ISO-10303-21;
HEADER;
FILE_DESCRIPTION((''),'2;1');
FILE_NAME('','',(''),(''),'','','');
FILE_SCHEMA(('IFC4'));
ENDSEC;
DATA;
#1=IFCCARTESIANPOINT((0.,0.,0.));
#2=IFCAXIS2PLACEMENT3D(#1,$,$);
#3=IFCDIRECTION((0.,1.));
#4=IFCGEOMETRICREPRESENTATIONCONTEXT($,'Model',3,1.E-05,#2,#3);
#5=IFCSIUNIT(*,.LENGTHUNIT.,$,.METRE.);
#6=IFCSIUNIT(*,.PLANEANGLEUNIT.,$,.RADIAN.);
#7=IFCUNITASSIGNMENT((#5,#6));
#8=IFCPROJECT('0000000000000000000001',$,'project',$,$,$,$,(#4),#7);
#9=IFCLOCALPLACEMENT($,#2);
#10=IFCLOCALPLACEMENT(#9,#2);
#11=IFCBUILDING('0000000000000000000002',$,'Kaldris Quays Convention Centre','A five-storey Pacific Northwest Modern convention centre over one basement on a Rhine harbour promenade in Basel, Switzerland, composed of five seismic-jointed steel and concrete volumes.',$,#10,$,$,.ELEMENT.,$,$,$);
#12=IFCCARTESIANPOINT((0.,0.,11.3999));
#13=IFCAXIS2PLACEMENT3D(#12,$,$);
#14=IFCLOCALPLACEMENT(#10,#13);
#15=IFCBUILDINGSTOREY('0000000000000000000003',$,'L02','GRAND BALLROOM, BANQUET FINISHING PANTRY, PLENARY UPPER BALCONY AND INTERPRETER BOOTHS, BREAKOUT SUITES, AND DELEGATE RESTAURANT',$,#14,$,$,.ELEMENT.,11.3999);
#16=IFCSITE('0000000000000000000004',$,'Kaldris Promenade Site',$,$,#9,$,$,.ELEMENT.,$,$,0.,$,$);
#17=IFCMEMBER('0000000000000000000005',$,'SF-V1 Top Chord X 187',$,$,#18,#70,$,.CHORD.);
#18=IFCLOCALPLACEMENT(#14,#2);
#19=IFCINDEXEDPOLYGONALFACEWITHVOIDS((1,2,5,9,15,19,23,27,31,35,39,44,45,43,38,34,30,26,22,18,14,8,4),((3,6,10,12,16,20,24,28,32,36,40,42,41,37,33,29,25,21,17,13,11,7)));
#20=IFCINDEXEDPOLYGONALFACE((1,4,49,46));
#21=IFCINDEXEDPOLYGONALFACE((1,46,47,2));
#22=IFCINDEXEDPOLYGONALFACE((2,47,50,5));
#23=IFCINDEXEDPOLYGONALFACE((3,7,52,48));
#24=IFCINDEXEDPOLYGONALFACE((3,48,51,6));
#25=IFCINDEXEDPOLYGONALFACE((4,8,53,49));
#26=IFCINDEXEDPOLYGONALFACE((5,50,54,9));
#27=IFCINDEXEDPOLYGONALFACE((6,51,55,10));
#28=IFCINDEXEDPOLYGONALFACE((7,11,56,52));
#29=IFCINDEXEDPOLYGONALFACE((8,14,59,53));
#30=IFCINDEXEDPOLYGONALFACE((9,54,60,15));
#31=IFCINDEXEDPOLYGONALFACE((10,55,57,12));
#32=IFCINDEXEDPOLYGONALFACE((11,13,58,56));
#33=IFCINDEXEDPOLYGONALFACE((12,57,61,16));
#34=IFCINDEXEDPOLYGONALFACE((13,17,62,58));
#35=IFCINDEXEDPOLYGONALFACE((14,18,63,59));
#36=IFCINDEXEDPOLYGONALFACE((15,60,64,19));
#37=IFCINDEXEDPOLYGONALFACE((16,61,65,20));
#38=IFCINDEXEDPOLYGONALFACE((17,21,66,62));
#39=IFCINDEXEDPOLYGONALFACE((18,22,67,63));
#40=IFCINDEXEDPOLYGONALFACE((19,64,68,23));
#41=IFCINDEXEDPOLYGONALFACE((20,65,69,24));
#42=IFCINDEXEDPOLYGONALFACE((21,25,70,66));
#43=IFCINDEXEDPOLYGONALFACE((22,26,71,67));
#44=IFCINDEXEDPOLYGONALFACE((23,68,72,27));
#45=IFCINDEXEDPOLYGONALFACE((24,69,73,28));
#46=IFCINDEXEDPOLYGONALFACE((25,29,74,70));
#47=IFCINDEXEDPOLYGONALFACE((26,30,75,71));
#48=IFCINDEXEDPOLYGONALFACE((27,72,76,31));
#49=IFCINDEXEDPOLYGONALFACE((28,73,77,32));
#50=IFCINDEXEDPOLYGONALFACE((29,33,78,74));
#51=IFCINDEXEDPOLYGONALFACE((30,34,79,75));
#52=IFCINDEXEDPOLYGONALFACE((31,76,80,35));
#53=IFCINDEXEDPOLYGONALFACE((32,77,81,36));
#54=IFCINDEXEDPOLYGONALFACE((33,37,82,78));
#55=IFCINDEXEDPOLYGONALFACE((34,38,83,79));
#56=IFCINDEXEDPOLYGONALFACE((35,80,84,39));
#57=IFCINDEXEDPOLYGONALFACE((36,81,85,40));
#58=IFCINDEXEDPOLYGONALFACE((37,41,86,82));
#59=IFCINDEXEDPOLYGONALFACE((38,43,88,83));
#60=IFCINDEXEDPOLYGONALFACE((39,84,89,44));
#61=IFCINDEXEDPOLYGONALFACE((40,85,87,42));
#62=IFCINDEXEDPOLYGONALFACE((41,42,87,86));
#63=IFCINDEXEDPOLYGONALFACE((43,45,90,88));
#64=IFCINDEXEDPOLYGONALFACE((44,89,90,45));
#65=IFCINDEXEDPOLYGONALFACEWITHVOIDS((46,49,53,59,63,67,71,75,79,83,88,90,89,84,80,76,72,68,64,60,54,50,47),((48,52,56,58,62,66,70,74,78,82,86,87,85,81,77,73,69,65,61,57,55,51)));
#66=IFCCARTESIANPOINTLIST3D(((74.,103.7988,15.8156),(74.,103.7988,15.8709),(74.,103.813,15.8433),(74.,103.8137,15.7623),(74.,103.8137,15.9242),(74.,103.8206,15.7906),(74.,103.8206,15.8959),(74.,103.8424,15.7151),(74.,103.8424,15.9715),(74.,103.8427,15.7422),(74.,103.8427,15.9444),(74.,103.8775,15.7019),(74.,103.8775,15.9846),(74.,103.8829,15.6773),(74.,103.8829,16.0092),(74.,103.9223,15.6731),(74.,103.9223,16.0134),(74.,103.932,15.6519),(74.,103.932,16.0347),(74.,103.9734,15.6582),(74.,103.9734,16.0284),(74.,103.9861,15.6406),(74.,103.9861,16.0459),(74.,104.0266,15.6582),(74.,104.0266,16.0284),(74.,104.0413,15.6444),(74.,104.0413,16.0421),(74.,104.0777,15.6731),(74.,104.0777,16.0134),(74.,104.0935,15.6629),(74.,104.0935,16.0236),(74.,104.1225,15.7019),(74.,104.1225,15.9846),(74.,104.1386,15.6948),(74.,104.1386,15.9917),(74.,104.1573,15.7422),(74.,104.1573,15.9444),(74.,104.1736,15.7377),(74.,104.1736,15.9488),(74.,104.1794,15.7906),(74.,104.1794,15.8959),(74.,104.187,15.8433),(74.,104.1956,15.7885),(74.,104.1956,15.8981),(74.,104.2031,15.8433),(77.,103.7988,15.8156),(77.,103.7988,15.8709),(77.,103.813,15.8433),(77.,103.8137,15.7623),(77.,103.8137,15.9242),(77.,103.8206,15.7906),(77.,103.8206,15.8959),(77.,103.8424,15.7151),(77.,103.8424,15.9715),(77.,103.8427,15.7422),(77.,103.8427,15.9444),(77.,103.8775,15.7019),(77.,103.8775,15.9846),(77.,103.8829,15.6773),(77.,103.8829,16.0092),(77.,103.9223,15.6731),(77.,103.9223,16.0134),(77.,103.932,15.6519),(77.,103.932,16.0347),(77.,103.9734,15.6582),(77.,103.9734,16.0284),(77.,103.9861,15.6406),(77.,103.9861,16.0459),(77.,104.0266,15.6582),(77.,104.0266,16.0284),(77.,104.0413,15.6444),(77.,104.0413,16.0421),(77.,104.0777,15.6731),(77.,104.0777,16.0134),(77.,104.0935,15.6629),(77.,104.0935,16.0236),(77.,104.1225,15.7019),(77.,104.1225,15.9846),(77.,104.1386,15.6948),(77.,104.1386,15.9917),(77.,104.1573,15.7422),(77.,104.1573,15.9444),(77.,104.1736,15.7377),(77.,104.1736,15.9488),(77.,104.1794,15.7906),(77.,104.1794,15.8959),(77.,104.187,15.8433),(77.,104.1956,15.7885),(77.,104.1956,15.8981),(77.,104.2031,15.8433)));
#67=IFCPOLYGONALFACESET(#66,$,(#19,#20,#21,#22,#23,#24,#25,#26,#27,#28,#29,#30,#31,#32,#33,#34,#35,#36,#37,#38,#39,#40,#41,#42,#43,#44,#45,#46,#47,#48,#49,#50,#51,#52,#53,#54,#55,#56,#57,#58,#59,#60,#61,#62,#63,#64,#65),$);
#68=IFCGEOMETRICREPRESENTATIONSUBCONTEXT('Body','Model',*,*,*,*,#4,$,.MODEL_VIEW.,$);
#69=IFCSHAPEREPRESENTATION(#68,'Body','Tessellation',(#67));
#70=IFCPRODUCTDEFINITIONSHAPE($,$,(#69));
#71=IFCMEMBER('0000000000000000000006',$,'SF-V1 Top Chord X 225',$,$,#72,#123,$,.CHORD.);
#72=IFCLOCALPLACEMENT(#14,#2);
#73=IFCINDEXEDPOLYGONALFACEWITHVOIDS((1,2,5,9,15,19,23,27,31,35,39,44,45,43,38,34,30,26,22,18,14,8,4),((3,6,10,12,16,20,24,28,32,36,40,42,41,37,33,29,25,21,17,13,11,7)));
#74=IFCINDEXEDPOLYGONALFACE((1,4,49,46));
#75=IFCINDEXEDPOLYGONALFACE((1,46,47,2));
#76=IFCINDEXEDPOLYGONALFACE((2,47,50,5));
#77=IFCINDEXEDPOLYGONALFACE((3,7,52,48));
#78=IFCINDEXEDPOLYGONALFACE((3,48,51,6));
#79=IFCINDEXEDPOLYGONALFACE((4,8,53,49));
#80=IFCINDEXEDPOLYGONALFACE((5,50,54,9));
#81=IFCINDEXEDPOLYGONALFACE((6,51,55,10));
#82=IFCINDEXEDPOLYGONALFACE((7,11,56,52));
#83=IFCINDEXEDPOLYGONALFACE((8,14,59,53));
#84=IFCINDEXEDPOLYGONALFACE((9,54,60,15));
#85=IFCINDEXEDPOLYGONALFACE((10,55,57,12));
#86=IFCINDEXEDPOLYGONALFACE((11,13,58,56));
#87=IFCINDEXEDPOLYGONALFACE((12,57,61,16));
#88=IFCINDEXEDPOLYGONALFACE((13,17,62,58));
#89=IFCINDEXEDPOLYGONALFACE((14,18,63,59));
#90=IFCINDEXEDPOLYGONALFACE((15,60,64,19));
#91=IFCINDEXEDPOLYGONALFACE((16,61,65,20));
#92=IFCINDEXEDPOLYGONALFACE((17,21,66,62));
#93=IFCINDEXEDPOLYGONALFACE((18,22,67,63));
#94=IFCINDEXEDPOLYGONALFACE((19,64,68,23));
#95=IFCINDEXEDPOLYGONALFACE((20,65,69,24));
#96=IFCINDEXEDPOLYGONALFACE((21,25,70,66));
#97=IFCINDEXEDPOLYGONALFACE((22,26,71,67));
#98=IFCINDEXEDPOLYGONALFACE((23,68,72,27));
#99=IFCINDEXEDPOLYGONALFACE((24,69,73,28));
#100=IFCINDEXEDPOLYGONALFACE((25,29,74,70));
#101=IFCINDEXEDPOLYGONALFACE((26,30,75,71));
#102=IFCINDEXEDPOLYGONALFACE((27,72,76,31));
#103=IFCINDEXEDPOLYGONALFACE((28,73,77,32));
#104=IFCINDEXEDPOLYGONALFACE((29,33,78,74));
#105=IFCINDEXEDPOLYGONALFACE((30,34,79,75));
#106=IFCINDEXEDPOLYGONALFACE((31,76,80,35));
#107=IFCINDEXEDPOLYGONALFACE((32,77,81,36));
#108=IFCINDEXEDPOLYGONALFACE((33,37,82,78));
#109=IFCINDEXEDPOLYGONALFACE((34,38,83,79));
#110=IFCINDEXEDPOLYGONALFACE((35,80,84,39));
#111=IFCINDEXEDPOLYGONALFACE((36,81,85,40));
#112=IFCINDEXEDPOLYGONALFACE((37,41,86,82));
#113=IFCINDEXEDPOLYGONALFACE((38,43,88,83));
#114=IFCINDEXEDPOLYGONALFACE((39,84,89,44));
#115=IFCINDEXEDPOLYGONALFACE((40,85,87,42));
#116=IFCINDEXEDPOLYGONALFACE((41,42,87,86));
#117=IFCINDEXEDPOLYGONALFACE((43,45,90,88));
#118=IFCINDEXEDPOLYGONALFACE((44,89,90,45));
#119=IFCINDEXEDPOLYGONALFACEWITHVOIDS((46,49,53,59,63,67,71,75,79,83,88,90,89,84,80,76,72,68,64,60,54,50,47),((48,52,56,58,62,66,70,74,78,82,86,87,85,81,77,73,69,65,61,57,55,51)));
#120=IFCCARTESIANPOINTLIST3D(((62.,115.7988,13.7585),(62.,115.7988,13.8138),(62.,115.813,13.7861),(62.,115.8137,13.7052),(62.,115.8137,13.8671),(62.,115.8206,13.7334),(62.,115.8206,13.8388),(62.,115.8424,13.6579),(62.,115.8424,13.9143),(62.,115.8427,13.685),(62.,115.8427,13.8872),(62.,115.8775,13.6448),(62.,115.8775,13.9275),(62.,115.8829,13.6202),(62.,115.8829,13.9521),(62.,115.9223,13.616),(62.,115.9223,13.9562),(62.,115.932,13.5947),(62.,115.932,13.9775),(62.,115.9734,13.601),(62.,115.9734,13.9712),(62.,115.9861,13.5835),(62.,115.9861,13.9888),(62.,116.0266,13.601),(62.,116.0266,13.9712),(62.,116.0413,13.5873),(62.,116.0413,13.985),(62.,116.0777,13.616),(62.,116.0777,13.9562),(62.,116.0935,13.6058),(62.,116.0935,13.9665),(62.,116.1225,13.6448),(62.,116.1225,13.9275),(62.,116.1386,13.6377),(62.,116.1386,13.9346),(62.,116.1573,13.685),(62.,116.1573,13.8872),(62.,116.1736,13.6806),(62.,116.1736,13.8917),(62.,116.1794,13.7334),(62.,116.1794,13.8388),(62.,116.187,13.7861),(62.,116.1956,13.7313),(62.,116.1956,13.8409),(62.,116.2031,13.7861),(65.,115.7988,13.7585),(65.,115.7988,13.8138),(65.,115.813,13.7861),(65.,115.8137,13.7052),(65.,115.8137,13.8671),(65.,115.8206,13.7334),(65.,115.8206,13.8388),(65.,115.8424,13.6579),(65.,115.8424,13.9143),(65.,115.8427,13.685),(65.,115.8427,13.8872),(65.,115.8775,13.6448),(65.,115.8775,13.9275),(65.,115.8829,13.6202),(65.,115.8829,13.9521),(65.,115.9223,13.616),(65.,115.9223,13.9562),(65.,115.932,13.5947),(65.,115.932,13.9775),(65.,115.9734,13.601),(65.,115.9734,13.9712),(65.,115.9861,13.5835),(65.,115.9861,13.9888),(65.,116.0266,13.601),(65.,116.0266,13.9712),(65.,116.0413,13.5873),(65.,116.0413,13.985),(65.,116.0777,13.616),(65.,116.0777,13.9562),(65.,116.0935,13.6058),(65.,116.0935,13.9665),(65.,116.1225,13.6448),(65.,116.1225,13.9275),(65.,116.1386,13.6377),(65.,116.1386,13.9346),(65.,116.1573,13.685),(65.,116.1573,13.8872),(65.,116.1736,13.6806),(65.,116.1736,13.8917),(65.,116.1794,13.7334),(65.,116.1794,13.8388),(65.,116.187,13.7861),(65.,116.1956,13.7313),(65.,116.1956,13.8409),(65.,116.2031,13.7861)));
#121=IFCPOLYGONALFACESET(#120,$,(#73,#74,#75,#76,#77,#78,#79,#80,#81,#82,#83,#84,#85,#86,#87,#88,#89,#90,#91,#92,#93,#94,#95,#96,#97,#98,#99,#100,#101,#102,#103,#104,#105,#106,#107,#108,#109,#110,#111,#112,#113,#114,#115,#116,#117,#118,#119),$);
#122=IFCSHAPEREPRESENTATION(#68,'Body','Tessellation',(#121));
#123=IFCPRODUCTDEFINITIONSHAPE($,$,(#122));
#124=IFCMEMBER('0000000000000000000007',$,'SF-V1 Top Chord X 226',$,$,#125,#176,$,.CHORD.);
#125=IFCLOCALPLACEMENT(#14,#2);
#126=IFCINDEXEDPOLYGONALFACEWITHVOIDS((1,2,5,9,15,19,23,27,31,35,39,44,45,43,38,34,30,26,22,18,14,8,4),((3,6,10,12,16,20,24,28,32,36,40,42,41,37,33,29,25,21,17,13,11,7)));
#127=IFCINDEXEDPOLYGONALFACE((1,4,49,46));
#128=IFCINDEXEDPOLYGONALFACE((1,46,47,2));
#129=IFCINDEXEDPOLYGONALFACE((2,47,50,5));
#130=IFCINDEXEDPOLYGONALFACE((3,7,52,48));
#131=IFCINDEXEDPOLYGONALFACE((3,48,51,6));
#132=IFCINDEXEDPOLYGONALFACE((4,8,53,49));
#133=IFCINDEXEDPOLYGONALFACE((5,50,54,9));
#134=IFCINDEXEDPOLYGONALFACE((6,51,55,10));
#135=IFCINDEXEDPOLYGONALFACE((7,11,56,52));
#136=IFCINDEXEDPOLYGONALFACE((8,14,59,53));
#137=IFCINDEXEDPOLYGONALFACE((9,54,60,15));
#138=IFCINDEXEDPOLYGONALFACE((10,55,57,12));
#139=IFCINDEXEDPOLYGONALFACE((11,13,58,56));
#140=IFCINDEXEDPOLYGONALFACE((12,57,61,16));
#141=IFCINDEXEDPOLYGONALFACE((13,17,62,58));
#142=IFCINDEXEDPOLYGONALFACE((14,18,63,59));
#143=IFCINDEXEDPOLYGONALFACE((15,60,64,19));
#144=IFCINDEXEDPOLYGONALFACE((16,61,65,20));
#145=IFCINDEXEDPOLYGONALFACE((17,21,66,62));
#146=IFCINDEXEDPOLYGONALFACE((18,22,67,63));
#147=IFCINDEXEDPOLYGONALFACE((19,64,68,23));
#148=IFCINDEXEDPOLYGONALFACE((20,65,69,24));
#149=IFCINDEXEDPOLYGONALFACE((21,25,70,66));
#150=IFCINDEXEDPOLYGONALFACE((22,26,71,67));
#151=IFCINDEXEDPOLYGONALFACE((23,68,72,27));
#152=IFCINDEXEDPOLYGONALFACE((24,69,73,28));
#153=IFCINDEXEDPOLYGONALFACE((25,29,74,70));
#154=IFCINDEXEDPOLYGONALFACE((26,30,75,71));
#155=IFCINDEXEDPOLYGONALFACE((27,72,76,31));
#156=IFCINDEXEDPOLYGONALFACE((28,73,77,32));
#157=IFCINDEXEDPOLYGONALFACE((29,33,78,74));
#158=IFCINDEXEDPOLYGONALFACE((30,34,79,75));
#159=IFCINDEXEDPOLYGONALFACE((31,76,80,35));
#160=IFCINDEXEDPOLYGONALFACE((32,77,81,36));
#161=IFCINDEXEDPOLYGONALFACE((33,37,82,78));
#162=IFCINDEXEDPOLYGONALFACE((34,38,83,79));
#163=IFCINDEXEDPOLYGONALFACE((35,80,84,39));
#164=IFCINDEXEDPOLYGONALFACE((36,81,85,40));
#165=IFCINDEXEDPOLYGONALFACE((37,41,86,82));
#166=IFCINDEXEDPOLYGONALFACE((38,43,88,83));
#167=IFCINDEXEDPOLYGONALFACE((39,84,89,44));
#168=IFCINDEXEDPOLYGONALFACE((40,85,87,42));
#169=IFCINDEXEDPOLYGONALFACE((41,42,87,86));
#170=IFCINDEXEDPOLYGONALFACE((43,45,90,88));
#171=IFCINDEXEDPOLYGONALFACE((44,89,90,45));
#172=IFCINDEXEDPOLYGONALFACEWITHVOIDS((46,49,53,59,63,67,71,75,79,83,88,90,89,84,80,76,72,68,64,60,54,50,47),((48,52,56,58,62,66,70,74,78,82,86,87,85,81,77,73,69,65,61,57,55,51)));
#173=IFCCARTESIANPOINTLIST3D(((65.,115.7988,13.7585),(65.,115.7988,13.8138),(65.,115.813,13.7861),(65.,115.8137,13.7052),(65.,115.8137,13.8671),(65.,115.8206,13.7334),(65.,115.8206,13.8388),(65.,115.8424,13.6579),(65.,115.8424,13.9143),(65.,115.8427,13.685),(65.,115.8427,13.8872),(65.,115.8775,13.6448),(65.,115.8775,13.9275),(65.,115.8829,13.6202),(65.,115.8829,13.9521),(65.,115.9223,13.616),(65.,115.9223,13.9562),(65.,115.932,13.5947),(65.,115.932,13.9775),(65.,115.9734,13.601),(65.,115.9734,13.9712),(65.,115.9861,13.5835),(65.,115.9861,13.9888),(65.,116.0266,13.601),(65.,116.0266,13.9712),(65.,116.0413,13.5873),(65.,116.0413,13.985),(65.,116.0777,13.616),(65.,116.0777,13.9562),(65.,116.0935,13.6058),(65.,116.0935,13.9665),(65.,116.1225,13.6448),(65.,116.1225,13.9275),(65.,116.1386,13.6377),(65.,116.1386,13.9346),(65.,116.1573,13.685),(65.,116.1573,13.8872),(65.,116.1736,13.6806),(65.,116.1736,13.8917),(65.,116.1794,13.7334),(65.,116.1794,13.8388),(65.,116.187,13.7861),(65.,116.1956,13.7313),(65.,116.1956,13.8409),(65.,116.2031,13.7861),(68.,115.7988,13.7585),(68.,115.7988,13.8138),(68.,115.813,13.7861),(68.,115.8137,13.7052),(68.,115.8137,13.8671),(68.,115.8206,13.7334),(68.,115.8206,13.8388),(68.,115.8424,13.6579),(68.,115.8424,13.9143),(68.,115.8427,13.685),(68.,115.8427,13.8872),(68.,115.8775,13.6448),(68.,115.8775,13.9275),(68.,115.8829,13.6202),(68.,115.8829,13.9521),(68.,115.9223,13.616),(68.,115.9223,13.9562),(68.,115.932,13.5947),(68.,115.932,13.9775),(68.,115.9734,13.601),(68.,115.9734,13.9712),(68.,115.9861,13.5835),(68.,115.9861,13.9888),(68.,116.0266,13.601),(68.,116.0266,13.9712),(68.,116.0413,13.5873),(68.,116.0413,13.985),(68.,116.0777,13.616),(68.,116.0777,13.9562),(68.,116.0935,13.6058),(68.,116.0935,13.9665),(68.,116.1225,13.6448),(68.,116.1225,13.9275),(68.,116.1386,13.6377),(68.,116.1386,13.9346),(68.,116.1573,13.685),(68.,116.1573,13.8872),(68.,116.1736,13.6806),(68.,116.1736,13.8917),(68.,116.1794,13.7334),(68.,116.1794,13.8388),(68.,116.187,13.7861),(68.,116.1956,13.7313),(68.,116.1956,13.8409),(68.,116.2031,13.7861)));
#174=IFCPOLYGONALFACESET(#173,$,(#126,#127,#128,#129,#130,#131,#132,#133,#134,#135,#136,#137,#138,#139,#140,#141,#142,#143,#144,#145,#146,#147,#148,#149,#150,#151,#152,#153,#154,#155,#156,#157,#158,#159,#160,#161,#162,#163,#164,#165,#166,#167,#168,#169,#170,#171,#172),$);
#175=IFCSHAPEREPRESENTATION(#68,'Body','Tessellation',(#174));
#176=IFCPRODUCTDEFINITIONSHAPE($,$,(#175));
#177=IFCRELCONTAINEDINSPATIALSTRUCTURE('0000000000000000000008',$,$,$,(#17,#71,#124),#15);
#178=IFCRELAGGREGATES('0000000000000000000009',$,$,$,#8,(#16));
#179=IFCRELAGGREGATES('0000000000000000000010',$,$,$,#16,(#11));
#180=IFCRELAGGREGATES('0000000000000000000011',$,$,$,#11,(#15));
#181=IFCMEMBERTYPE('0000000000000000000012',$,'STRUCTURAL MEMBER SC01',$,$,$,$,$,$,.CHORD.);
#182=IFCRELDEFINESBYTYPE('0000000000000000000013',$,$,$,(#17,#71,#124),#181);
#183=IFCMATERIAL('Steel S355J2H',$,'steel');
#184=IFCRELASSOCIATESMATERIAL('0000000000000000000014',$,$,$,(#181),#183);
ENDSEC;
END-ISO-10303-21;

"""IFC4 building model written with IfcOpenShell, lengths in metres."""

from ifc_helpers import new_model, si_unit, direction, frame, origin, origin_2d, place, context, subcontext, project, spatial, hollow_circle, extrude, material, material_profile, profile_set, type_object, element, save


model = new_model("IFC4")

# Units and contexts
model_context = context("Model", 3, precision=1e-05, world=origin(), true_north=direction((0.0, 1.0)))
body_context = subcontext(model_context, "Body", "Model", "MODEL_VIEW")
ifc_project = project(units=[si_unit("LENGTHUNIT", "METRE"), si_unit("PLANEANGLEUNIT", "RADIAN")], contexts=[model_context])

# Site, building, storey
site_placement = place(None, origin())
site = spatial("IfcSite", under=ifc_project, at=site_placement, Name="Kaldris Promenade Site", CompositionType="ELEMENT", RefElevation=0.0)
building_placement = place(site_placement, origin())
building = spatial("IfcBuilding", under=site, at=building_placement, Name="Kaldris Quays Convention Centre", Description="A five-storey Pacific Northwest Modern convention centre over one basement on a Rhine harbour promenade in Basel, Switzerland, composed of five seismic-jointed steel and concrete volumes.", CompositionType="ELEMENT")
storey_placement = place(building_placement, frame((0.0, 0.0, 11.3999)))
storey = spatial("IfcBuildingStorey", under=building, at=storey_placement, Name="L02", Description="GRAND BALLROOM, BANQUET FINISHING PANTRY, PLENARY UPPER BALCONY AND INTERPRETER BOOTHS, BREAKOUT SUITES, AND DELEGATE RESTAURANT", CompositionType="ELEMENT", Elevation=11.3999)

# Members
ifc_material_1 = material(Name="Steel S355J2H", Category="steel")
ifc_material_profile_1 = material_profile(ifc_material_1, hollow_circle(Radius=0.2031, WallThickness=0.0161, at=origin_2d()), Name="CHS 406.4x16")
ifc_profile_set_1 = profile_set([ifc_material_profile_1], Name="Steel S355J2H")
member_type_1 = type_object("IfcMemberType", Name="STRUCTURAL MEMBER SC01", PredefinedType="CHORD", material=ifc_profile_set_1)
for number, where, z_axis, x_axis, name in (
    (1, (74.0, 104.0, 15.8433), (1.0, 0.0, 0.0), (0.0, 1.0, 0.0), "SF-V1 Top Chord X 187"),
    (2, (62.0, 116.0, 13.7861), (1.0, 0.0, 0.0), (0.0, 1.0, 0.0), "SF-V1 Top Chord X 225"),
    (3, (65.0, 116.0, 13.7861), (1.0, 0.0, 0.0), (0.0, 1.0, 0.0), "SF-V1 Top Chord X 226"),
):
    element("IfcMember", number, at=place(storey_placement, frame(where, z_axis=z_axis, x_axis=x_axis)), inside=storey, type_object=member_type_1, Name=name, PredefinedType="CHORD", context=body_context, shape_type="SweptSolid", body=[
        extrude(hollow_circle(Radius=0.2031, WallThickness=0.0161, at=origin_2d()), origin(), (0.0, 0.0, 1.0), 3.0),
    ])

save(model, "model.ifc")
